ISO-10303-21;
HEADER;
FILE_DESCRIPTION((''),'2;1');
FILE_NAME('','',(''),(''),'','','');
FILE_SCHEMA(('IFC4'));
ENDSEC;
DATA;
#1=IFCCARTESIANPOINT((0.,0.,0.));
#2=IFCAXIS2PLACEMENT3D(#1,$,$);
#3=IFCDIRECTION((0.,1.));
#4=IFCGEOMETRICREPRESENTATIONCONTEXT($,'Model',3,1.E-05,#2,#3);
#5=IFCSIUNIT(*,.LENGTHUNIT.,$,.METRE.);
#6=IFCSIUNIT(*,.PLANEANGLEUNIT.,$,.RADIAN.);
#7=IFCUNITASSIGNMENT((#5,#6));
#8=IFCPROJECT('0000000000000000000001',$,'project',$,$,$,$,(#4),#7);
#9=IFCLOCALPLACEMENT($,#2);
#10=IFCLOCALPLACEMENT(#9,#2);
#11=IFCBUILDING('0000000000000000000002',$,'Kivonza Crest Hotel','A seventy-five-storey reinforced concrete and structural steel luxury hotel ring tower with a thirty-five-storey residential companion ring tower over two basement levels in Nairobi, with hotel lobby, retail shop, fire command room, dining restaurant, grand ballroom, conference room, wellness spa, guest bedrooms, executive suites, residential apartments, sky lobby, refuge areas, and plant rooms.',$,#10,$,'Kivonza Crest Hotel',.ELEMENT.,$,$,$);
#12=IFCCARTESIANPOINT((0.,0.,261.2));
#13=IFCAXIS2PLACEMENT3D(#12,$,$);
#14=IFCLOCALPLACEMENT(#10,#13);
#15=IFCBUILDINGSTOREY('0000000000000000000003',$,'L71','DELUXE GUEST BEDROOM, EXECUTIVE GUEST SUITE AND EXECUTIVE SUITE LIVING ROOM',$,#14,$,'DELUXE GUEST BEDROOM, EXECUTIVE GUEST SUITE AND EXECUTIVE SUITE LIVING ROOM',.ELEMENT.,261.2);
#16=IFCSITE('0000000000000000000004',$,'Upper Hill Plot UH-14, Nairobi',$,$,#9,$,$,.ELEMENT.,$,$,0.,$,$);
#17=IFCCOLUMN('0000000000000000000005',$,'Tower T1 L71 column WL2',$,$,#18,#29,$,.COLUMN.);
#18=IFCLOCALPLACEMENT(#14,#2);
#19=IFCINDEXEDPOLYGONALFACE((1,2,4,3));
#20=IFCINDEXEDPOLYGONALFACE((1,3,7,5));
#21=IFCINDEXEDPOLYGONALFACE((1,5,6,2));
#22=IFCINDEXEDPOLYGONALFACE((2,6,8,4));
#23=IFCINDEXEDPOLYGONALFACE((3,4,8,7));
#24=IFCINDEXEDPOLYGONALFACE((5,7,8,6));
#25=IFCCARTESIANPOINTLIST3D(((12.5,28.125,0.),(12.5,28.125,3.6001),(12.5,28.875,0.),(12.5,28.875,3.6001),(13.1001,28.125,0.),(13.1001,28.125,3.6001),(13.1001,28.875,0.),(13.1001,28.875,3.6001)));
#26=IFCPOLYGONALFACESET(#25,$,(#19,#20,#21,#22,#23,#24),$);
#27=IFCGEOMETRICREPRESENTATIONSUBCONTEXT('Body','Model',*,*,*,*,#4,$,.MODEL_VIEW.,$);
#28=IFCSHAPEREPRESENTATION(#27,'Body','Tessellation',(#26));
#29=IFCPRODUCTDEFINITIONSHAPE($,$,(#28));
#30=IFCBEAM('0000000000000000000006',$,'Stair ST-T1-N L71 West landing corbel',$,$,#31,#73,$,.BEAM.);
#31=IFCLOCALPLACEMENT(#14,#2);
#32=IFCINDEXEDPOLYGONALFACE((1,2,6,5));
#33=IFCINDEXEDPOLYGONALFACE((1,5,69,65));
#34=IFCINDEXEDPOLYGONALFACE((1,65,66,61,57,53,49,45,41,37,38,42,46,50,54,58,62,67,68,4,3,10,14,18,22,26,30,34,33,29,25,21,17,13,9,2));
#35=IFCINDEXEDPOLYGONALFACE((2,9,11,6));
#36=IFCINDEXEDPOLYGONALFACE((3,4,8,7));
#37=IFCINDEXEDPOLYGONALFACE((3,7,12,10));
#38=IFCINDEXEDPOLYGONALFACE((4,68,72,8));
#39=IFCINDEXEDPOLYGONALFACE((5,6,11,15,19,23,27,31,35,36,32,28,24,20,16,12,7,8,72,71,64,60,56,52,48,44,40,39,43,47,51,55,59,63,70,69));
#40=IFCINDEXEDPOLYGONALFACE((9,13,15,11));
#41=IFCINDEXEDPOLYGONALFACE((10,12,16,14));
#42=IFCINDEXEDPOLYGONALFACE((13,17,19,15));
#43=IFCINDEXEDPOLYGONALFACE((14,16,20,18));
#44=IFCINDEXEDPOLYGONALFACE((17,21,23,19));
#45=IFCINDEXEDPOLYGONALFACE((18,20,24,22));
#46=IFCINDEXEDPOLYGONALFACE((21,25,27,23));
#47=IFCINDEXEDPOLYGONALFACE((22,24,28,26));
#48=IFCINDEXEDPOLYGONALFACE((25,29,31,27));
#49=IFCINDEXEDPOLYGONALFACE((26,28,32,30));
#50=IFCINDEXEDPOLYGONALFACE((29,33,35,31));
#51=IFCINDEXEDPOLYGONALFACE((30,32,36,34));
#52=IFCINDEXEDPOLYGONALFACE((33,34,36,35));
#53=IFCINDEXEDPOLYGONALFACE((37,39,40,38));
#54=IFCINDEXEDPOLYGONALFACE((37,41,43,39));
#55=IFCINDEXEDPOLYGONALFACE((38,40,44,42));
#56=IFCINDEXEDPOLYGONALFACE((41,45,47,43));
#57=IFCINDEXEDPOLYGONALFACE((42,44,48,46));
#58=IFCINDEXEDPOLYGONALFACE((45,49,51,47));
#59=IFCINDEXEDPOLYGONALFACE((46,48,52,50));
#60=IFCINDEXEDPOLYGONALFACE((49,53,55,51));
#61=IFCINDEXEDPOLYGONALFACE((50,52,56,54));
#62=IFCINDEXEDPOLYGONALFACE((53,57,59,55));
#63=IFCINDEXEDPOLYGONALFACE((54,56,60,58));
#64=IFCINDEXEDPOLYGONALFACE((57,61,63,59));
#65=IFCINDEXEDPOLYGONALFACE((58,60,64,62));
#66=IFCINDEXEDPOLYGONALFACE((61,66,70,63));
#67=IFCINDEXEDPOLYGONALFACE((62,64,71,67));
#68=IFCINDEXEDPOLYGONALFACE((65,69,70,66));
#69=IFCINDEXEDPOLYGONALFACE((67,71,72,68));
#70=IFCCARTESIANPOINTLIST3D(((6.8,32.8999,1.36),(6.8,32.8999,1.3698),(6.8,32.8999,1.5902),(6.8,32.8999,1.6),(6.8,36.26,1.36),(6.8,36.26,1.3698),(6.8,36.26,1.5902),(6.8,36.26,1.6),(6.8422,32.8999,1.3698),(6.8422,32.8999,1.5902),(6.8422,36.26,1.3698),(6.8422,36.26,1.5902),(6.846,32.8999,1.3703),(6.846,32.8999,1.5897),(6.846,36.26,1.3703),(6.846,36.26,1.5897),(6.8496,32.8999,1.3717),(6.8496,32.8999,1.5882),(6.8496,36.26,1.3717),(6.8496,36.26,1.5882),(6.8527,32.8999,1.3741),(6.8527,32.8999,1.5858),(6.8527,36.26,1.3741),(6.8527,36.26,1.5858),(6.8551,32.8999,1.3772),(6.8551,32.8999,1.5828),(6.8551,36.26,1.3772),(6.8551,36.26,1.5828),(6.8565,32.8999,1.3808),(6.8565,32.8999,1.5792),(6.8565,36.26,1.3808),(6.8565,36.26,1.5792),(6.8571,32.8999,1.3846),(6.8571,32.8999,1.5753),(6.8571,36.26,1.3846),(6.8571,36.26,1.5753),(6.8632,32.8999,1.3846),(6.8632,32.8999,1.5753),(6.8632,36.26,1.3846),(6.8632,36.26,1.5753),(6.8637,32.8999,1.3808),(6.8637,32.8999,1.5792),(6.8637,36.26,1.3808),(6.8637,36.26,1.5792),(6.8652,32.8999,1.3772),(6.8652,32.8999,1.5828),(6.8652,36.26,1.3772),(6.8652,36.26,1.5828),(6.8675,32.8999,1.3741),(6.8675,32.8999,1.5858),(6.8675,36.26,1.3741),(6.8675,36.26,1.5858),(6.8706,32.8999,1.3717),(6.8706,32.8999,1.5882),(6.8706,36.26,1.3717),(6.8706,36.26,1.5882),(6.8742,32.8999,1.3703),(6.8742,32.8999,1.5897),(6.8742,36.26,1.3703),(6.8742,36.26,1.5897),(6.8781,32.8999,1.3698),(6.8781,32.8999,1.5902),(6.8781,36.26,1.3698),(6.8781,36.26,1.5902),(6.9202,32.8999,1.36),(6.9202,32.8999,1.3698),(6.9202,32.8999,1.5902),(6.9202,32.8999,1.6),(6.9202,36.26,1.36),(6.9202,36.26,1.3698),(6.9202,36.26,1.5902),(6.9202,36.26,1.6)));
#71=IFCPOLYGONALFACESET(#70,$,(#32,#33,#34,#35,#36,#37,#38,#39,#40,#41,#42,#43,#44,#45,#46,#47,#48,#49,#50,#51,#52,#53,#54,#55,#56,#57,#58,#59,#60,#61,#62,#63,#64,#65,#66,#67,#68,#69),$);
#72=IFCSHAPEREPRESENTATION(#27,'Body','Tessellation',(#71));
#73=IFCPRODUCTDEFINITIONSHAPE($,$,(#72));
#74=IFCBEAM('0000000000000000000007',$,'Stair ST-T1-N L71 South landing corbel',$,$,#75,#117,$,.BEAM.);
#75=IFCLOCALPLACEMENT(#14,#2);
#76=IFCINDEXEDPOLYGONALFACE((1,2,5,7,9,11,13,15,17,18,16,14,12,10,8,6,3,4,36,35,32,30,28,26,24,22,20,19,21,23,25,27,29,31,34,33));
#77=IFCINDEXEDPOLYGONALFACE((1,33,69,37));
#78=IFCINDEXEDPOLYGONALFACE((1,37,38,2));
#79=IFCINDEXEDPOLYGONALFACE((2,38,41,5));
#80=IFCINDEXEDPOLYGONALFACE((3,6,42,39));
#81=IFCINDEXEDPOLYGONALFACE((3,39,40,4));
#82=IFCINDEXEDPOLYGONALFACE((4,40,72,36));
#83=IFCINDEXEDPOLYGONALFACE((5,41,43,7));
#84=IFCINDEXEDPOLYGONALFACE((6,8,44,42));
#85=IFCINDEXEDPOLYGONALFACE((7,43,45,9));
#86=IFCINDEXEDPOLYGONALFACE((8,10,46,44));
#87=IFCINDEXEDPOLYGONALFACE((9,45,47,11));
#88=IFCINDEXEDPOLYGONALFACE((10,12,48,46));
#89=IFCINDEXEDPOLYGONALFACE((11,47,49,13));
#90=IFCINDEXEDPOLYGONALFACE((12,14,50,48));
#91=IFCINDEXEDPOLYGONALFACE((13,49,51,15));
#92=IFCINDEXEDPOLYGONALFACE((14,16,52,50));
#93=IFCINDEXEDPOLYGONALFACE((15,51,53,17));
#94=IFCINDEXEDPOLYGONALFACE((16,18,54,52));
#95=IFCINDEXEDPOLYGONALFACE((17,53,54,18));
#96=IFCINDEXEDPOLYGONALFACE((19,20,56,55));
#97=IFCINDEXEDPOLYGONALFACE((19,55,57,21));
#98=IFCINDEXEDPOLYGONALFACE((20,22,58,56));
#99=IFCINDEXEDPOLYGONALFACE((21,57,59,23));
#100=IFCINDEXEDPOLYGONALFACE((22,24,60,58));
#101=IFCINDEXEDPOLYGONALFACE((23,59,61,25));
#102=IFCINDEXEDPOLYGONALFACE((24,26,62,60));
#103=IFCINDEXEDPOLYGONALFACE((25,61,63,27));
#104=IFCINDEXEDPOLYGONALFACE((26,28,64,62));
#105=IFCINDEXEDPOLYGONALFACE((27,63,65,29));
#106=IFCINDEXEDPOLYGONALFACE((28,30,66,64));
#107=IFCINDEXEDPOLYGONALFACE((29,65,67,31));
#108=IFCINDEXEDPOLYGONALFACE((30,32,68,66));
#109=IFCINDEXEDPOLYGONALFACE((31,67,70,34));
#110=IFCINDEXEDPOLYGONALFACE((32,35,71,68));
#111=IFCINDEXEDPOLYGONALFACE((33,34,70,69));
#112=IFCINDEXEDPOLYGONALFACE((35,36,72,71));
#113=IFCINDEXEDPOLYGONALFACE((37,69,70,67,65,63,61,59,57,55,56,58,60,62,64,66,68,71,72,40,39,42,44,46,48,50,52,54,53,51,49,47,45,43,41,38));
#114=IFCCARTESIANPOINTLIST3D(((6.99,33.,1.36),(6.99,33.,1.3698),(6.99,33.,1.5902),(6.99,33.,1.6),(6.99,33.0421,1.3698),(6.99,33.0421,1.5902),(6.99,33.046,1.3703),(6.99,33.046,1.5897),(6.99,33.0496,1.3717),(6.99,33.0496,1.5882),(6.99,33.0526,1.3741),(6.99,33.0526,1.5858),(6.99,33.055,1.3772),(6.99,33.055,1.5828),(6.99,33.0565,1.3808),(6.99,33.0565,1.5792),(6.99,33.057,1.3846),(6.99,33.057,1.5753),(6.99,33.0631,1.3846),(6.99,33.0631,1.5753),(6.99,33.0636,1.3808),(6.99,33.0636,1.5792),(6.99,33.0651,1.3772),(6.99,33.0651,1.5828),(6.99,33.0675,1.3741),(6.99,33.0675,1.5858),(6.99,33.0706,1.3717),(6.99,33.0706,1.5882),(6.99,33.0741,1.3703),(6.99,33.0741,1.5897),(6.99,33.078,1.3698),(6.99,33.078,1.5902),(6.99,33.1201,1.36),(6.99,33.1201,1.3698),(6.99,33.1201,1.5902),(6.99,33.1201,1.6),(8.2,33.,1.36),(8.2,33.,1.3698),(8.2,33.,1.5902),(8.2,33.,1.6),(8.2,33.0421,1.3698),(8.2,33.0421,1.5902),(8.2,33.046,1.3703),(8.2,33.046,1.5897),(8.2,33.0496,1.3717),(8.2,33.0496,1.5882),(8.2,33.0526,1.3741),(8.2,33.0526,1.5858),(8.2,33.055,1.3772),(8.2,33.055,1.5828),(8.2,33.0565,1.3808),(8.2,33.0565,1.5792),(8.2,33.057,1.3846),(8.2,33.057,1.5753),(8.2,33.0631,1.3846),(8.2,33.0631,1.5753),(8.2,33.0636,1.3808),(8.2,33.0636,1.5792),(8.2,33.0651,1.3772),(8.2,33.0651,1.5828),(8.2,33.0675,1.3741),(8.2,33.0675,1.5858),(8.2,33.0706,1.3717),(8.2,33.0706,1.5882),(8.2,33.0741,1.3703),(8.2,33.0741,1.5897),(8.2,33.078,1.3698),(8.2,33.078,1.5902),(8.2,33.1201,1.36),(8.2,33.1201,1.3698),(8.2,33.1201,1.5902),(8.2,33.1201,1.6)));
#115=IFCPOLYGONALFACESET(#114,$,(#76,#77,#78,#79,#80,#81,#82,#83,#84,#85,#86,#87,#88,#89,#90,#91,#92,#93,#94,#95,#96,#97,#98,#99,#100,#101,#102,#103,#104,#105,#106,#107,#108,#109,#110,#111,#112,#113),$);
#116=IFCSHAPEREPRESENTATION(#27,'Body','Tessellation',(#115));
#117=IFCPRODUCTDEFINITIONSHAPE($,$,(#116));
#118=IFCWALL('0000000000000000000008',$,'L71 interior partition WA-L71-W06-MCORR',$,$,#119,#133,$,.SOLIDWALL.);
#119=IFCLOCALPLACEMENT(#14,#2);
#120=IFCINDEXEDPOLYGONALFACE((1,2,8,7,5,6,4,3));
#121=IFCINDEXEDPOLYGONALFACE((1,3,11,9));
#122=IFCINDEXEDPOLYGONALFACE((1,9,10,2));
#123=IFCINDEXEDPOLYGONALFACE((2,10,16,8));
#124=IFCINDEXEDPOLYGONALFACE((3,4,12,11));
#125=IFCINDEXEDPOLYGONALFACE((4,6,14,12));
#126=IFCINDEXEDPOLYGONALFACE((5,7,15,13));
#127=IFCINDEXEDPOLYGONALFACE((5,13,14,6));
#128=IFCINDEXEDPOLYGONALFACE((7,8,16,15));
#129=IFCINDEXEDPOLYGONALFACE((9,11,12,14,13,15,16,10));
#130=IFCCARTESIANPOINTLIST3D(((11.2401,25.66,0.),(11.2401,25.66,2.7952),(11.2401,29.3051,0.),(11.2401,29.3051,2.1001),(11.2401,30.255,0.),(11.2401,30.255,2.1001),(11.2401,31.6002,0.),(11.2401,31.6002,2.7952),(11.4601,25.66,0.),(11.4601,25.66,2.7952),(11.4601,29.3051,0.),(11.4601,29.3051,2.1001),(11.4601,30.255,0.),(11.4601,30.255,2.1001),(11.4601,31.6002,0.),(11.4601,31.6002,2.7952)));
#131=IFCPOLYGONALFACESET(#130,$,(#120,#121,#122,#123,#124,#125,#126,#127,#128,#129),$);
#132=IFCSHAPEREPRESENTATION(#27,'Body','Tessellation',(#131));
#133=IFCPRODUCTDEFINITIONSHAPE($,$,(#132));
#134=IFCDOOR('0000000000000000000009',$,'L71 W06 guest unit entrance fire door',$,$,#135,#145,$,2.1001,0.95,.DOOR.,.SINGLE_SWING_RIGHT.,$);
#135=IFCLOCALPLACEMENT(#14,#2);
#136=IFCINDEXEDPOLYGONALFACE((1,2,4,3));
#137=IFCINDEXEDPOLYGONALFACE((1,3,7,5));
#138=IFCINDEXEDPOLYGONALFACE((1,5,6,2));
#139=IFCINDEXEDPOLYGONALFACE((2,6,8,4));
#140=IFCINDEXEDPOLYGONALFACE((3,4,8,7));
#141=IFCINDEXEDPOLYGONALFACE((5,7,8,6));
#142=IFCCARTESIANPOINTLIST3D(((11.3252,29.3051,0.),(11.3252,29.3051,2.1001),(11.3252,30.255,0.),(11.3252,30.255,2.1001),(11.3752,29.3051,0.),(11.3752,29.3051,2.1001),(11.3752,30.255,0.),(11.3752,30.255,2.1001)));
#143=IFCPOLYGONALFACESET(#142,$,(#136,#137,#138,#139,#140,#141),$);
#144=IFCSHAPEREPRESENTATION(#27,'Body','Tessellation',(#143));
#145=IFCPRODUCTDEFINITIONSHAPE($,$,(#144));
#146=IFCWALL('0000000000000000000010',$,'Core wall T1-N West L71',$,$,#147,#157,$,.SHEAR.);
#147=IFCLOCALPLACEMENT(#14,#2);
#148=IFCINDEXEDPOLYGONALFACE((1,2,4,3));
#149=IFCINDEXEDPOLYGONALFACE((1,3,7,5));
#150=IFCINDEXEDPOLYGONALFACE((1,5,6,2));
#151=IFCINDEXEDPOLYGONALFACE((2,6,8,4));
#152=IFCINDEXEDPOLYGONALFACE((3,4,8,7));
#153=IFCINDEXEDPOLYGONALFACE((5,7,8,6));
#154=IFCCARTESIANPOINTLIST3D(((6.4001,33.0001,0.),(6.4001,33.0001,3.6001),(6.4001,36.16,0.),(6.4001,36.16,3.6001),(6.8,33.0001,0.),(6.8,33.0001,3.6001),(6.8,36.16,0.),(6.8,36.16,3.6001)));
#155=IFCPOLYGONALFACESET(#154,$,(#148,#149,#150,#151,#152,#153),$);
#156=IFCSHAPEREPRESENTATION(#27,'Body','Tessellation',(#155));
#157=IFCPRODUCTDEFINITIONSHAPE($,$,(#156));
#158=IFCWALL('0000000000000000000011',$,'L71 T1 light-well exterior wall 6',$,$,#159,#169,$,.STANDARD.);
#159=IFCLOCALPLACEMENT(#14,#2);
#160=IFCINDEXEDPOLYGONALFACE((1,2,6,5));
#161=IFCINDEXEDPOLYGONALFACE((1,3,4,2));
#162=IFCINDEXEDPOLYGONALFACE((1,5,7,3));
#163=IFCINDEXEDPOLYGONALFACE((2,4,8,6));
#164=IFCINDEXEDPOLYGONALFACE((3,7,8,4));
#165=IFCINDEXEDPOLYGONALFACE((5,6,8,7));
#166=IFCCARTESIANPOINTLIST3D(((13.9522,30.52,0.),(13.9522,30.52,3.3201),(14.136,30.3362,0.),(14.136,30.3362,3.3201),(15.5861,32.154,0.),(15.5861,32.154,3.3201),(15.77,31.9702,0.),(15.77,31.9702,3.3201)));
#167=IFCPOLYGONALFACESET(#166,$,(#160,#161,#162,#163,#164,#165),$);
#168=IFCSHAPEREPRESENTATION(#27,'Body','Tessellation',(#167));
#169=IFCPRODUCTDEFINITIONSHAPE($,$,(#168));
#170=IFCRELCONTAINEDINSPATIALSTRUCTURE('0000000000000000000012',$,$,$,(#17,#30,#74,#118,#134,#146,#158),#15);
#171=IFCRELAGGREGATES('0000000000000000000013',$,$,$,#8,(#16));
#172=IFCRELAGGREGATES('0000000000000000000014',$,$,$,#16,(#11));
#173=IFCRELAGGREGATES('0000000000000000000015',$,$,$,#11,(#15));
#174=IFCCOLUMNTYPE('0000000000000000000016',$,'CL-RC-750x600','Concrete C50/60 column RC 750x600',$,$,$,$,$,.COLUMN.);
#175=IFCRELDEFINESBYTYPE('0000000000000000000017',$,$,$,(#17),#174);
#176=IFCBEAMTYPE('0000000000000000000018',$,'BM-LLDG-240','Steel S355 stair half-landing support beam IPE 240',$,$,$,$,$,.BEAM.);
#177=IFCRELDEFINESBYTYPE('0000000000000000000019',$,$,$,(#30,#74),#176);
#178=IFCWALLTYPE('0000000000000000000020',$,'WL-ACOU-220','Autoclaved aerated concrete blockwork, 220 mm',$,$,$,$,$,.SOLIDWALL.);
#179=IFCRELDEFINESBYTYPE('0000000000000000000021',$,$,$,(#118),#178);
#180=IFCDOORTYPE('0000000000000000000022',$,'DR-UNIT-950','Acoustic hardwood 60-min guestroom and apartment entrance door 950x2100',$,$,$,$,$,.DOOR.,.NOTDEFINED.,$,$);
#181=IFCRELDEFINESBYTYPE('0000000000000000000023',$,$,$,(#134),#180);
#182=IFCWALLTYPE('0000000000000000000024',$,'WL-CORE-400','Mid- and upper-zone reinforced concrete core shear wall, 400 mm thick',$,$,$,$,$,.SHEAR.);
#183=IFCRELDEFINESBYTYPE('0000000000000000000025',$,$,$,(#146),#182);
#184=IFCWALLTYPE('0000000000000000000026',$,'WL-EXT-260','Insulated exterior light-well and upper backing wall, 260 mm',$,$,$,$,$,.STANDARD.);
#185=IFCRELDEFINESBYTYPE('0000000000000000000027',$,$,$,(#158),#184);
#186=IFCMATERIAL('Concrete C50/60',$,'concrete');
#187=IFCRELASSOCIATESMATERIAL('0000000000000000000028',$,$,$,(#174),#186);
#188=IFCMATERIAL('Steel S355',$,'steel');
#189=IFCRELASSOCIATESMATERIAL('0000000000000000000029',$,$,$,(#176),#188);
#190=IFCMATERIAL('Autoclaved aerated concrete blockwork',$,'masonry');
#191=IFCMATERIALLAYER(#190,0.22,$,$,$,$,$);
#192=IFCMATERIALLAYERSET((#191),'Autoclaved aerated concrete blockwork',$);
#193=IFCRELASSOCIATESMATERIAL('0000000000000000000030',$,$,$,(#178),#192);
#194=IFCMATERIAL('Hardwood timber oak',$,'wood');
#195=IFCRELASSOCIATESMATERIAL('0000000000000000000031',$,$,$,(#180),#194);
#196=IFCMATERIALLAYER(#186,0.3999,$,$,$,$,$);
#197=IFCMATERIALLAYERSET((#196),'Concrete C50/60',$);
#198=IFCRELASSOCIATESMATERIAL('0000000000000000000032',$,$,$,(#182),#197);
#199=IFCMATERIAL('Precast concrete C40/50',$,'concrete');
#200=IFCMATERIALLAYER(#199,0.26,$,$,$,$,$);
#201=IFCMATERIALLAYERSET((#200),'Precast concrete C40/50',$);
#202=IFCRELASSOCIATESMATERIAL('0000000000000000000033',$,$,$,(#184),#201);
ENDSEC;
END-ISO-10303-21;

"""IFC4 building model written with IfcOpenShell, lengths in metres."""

from ifc_helpers import new_model, si_unit, direction, frame, frame_2d, origin, origin_2d, place, context, subcontext, project, spatial, rectangle, i_section, extrude, material, layer, layer_set, material_profile, profile_set, type_object, element, fill, save


model = new_model("IFC4")

# Units and contexts
model_context = context("Model", 3, precision=1e-05, world=origin(), true_north=direction((0.0, 1.0)))
body_context = subcontext(model_context, "Body", "Model", "MODEL_VIEW")
ifc_project = project(units=[si_unit("LENGTHUNIT", "METRE"), si_unit("PLANEANGLEUNIT", "RADIAN")], contexts=[model_context])

# Site, building, storey
site_placement = place(None, origin())
site = spatial("IfcSite", under=ifc_project, at=site_placement, Name="Upper Hill Plot UH-14, Nairobi", CompositionType="ELEMENT", RefElevation=0.0)
building_placement = place(site_placement, origin())
building = spatial("IfcBuilding", under=site, at=building_placement, Name="Kivonza Crest Hotel", Description="A seventy-five-storey reinforced concrete and structural steel luxury hotel ring tower with a thirty-five-storey residential companion ring tower over two basement levels in Nairobi, with hotel lobby, retail shop, fire command room, dining restaurant, grand ballroom, conference room, wellness spa, guest bedrooms, executive suites, residential apartments, sky lobby, refuge areas, and plant rooms.", LongName="Kivonza Crest Hotel", CompositionType="ELEMENT")
storey_placement = place(building_placement, frame((0.0, 0.0, 261.2)))
storey = spatial("IfcBuildingStorey", under=building, at=storey_placement, Name="L71", Description="DELUXE GUEST BEDROOM, EXECUTIVE GUEST SUITE AND EXECUTIVE SUITE LIVING ROOM", LongName="DELUXE GUEST BEDROOM, EXECUTIVE GUEST SUITE AND EXECUTIVE SUITE LIVING ROOM", CompositionType="ELEMENT", Elevation=261.2)

# Column
ifc_material_1 = material(Name="Concrete C50/60", Category="concrete")
ifc_material_profile_1 = material_profile(ifc_material_1, rectangle(XDim=0.6001, YDim=0.75, at=origin_2d()), Name="RC 750x600")
ifc_profile_set_1 = profile_set([ifc_material_profile_1], Name="Concrete C50/60")
column_type = type_object("IfcColumnType", Name="CL-RC-750x600", Description="Concrete C50/60 column RC 750x600", PredefinedType="COLUMN", material=ifc_profile_set_1)
column_placement = place(storey_placement, frame((12.8, 28.5, 0.0), z_axis=(0.0, 0.0, 1.0), x_axis=(1.0, 0.0, 0.0)))
element("IfcColumn", 1, at=column_placement, inside=storey, type_object=column_type, Name="Tower T1 L71 column WL2", PredefinedType="COLUMN", context=body_context, shape_type="SweptSolid", body=[
    extrude(rectangle(XDim=0.6001, YDim=0.75, at=origin_2d()), origin(), (0.0, 0.0, 1.0), 3.6001),
])

# Beams
ifc_material_2 = material(Name="Steel S355", Category="steel")
ifc_material_profile_2 = material_profile(ifc_material_2, i_section(OverallWidth=0.1201, OverallDepth=0.24, WebThickness=0.0061, FlangeThickness=0.0098, FilletRadius=0.0149, at=origin_2d()), Name="IPE 240")
ifc_profile_set_2 = profile_set([ifc_material_profile_2], Name="Steel S355")
beam_type = type_object("IfcBeamType", Name="BM-LLDG-240", Description="Steel S355 stair half-landing support beam IPE 240", PredefinedType="BEAM", material=ifc_profile_set_2)
beam_1_placement = place(storey_placement, frame((6.8601, 32.8999, 1.48), z_axis=(0.0, 1.0, 0.0), x_axis=(-1.0, 0.0, 0.0)))
element("IfcBeam", 2, at=beam_1_placement, inside=storey, type_object=beam_type, Name="Stair ST-T1-N L71 West landing corbel", PredefinedType="BEAM", context=body_context, shape_type="SweptSolid", body=[
    extrude(i_section(OverallWidth=0.1201, OverallDepth=0.24, WebThickness=0.0061, FlangeThickness=0.0098, FilletRadius=0.0149, at=origin_2d()), origin(), (0.0, 0.0, 1.0), 3.3601),
])
beam_2_placement = place(storey_placement, frame((6.99, 33.0601, 1.48), z_axis=(1.0, 0.0, 0.0), x_axis=(0.0, 1.0, 0.0)))
element("IfcBeam", 3, at=beam_2_placement, inside=storey, type_object=beam_type, Name="Stair ST-T1-N L71 South landing corbel", PredefinedType="BEAM", context=body_context, shape_type="SweptSolid", body=[
    extrude(i_section(OverallWidth=0.1201, OverallDepth=0.24, WebThickness=0.0061, FlangeThickness=0.0098, FilletRadius=0.0149, at=origin_2d()), origin(), (0.0, 0.0, 1.0), 1.21),
])

# Wall, opening, door
ifc_material_3 = material(Name="Autoclaved aerated concrete blockwork", Category="masonry")
ifc_layer_1 = layer(ifc_material_3, 0.22)
ifc_layer_set_1 = layer_set([ifc_layer_1], Name="Autoclaved aerated concrete blockwork")
wall_type_1 = type_object("IfcWallType", Name="WL-ACOU-220", Description="Autoclaved aerated concrete blockwork, 220 mm", PredefinedType="SOLIDWALL", material=ifc_layer_set_1)
wall_1_placement = place(storey_placement, frame((11.3501, 25.6599, 0.0), z_axis=(0.0, 0.0, 1.0), x_axis=(0.0, 1.0, 0.0)))
wall_1 = element("IfcWall", 4, at=wall_1_placement, inside=storey, type_object=wall_type_1, Name="L71 interior partition WA-L71-W06-MCORR", PredefinedType="SOLIDWALL", context=body_context, shape_type="SweptSolid", body=[
    extrude(rectangle(XDim=5.9402, YDim=0.22, at=frame_2d((2.9702, 0.0))), origin(), (0.0, 0.0, 1.0), 2.7952),
])
opening_1_placement = place(wall_1_placement, frame((3.645, 0.0, 0.0)))
opening_1 = element("IfcOpeningElement", 5, at=opening_1_placement, cuts=wall_1, PredefinedType="OPENING", context=body_context, shape_type="SweptSolid", body=[
    extrude(rectangle(XDim=0.95, YDim=2.1001, at=frame_2d((0.4751, 1.05))), frame((0.0, 0.1201, 0.0), z_axis=(0.0, -1.0, 0.0), x_axis=(1.0, 0.0, 0.0)), (0.0, 0.0, 1.0), 0.24),
])
ifc_material_4 = material(Name="Hardwood timber oak", Category="wood")
door_type_1 = type_object("IfcDoorType", Name="DR-UNIT-950", Description="Acoustic hardwood 60-min guestroom and apartment entrance door 950x2100", OperationType="NOTDEFINED", PredefinedType="DOOR", material=ifc_material_4)
door_1_placement = place(opening_1_placement, origin())
door_1 = element("IfcDoor", 6, at=door_1_placement, inside=storey, type_object=door_type_1, Name="L71 W06 guest unit entrance fire door", OperationType="SINGLE_SWING_RIGHT", OverallHeight=2.1001, OverallWidth=0.95, PredefinedType="DOOR", context=body_context, shape_type="SweptSolid", body=[
    extrude(rectangle(XDim=0.95, YDim=2.1001, at=frame_2d((0.4751, 1.05))), frame((0.0, 0.0249, 0.0), z_axis=(0.0, -1.0, 0.0), x_axis=(1.0, 0.0, 0.0)), (0.0, 0.0, 1.0), 0.05),
])
fill(opening_1, door_1)

# Walls
ifc_layer_2 = layer(ifc_material_1, 0.3999)
ifc_layer_set_2 = layer_set([ifc_layer_2], Name="Concrete C50/60")
wall_type_2 = type_object("IfcWallType", Name="WL-CORE-400", Description="Mid- and upper-zone reinforced concrete core shear wall, 400 mm thick", PredefinedType="SHEAR", material=ifc_layer_set_2)
wall_2_placement = place(storey_placement, frame((6.6001, 33.0, 0.0), z_axis=(0.0, 0.0, 1.0), x_axis=(0.0, 1.0, 0.0)))
element("IfcWall", 7, at=wall_2_placement, inside=storey, type_object=wall_type_2, Name="Core wall T1-N West L71", PredefinedType="SHEAR", context=body_context, shape_type="SweptSolid", body=[
    extrude(rectangle(XDim=3.1599, YDim=0.3999, at=frame_2d((1.5801, 0.0))), origin(), (0.0, 0.0, 1.0), 3.6001),
])
ifc_material_5 = material(Name="Precast concrete C40/50", Category="concrete")
ifc_layer_3 = layer(ifc_material_5, 0.26)
ifc_layer_set_3 = layer_set([ifc_layer_3], Name="Precast concrete C40/50")
wall_type_3 = type_object("IfcWallType", Name="WL-EXT-260", Description="Insulated exterior light-well and upper backing wall, 260 mm", PredefinedType="STANDARD", material=ifc_layer_set_3)
wall_3_placement = place(storey_placement, frame((15.678, 32.062, 0.0), z_axis=(0.0, 0.0, 1.0), x_axis=(-0.707107, -0.707107, 0.0)))
element("IfcWall", 8, at=wall_3_placement, inside=storey, type_object=wall_type_3, Name="L71 T1 light-well exterior wall 6", PredefinedType="STANDARD", context=body_context, shape_type="SweptSolid", body=[
    extrude(rectangle(XDim=2.3108, YDim=0.26, at=frame_2d((1.1553, 0.0))), origin(), (0.0, 0.0, 1.0), 3.3201),
])

save(model, "model.ifc")
